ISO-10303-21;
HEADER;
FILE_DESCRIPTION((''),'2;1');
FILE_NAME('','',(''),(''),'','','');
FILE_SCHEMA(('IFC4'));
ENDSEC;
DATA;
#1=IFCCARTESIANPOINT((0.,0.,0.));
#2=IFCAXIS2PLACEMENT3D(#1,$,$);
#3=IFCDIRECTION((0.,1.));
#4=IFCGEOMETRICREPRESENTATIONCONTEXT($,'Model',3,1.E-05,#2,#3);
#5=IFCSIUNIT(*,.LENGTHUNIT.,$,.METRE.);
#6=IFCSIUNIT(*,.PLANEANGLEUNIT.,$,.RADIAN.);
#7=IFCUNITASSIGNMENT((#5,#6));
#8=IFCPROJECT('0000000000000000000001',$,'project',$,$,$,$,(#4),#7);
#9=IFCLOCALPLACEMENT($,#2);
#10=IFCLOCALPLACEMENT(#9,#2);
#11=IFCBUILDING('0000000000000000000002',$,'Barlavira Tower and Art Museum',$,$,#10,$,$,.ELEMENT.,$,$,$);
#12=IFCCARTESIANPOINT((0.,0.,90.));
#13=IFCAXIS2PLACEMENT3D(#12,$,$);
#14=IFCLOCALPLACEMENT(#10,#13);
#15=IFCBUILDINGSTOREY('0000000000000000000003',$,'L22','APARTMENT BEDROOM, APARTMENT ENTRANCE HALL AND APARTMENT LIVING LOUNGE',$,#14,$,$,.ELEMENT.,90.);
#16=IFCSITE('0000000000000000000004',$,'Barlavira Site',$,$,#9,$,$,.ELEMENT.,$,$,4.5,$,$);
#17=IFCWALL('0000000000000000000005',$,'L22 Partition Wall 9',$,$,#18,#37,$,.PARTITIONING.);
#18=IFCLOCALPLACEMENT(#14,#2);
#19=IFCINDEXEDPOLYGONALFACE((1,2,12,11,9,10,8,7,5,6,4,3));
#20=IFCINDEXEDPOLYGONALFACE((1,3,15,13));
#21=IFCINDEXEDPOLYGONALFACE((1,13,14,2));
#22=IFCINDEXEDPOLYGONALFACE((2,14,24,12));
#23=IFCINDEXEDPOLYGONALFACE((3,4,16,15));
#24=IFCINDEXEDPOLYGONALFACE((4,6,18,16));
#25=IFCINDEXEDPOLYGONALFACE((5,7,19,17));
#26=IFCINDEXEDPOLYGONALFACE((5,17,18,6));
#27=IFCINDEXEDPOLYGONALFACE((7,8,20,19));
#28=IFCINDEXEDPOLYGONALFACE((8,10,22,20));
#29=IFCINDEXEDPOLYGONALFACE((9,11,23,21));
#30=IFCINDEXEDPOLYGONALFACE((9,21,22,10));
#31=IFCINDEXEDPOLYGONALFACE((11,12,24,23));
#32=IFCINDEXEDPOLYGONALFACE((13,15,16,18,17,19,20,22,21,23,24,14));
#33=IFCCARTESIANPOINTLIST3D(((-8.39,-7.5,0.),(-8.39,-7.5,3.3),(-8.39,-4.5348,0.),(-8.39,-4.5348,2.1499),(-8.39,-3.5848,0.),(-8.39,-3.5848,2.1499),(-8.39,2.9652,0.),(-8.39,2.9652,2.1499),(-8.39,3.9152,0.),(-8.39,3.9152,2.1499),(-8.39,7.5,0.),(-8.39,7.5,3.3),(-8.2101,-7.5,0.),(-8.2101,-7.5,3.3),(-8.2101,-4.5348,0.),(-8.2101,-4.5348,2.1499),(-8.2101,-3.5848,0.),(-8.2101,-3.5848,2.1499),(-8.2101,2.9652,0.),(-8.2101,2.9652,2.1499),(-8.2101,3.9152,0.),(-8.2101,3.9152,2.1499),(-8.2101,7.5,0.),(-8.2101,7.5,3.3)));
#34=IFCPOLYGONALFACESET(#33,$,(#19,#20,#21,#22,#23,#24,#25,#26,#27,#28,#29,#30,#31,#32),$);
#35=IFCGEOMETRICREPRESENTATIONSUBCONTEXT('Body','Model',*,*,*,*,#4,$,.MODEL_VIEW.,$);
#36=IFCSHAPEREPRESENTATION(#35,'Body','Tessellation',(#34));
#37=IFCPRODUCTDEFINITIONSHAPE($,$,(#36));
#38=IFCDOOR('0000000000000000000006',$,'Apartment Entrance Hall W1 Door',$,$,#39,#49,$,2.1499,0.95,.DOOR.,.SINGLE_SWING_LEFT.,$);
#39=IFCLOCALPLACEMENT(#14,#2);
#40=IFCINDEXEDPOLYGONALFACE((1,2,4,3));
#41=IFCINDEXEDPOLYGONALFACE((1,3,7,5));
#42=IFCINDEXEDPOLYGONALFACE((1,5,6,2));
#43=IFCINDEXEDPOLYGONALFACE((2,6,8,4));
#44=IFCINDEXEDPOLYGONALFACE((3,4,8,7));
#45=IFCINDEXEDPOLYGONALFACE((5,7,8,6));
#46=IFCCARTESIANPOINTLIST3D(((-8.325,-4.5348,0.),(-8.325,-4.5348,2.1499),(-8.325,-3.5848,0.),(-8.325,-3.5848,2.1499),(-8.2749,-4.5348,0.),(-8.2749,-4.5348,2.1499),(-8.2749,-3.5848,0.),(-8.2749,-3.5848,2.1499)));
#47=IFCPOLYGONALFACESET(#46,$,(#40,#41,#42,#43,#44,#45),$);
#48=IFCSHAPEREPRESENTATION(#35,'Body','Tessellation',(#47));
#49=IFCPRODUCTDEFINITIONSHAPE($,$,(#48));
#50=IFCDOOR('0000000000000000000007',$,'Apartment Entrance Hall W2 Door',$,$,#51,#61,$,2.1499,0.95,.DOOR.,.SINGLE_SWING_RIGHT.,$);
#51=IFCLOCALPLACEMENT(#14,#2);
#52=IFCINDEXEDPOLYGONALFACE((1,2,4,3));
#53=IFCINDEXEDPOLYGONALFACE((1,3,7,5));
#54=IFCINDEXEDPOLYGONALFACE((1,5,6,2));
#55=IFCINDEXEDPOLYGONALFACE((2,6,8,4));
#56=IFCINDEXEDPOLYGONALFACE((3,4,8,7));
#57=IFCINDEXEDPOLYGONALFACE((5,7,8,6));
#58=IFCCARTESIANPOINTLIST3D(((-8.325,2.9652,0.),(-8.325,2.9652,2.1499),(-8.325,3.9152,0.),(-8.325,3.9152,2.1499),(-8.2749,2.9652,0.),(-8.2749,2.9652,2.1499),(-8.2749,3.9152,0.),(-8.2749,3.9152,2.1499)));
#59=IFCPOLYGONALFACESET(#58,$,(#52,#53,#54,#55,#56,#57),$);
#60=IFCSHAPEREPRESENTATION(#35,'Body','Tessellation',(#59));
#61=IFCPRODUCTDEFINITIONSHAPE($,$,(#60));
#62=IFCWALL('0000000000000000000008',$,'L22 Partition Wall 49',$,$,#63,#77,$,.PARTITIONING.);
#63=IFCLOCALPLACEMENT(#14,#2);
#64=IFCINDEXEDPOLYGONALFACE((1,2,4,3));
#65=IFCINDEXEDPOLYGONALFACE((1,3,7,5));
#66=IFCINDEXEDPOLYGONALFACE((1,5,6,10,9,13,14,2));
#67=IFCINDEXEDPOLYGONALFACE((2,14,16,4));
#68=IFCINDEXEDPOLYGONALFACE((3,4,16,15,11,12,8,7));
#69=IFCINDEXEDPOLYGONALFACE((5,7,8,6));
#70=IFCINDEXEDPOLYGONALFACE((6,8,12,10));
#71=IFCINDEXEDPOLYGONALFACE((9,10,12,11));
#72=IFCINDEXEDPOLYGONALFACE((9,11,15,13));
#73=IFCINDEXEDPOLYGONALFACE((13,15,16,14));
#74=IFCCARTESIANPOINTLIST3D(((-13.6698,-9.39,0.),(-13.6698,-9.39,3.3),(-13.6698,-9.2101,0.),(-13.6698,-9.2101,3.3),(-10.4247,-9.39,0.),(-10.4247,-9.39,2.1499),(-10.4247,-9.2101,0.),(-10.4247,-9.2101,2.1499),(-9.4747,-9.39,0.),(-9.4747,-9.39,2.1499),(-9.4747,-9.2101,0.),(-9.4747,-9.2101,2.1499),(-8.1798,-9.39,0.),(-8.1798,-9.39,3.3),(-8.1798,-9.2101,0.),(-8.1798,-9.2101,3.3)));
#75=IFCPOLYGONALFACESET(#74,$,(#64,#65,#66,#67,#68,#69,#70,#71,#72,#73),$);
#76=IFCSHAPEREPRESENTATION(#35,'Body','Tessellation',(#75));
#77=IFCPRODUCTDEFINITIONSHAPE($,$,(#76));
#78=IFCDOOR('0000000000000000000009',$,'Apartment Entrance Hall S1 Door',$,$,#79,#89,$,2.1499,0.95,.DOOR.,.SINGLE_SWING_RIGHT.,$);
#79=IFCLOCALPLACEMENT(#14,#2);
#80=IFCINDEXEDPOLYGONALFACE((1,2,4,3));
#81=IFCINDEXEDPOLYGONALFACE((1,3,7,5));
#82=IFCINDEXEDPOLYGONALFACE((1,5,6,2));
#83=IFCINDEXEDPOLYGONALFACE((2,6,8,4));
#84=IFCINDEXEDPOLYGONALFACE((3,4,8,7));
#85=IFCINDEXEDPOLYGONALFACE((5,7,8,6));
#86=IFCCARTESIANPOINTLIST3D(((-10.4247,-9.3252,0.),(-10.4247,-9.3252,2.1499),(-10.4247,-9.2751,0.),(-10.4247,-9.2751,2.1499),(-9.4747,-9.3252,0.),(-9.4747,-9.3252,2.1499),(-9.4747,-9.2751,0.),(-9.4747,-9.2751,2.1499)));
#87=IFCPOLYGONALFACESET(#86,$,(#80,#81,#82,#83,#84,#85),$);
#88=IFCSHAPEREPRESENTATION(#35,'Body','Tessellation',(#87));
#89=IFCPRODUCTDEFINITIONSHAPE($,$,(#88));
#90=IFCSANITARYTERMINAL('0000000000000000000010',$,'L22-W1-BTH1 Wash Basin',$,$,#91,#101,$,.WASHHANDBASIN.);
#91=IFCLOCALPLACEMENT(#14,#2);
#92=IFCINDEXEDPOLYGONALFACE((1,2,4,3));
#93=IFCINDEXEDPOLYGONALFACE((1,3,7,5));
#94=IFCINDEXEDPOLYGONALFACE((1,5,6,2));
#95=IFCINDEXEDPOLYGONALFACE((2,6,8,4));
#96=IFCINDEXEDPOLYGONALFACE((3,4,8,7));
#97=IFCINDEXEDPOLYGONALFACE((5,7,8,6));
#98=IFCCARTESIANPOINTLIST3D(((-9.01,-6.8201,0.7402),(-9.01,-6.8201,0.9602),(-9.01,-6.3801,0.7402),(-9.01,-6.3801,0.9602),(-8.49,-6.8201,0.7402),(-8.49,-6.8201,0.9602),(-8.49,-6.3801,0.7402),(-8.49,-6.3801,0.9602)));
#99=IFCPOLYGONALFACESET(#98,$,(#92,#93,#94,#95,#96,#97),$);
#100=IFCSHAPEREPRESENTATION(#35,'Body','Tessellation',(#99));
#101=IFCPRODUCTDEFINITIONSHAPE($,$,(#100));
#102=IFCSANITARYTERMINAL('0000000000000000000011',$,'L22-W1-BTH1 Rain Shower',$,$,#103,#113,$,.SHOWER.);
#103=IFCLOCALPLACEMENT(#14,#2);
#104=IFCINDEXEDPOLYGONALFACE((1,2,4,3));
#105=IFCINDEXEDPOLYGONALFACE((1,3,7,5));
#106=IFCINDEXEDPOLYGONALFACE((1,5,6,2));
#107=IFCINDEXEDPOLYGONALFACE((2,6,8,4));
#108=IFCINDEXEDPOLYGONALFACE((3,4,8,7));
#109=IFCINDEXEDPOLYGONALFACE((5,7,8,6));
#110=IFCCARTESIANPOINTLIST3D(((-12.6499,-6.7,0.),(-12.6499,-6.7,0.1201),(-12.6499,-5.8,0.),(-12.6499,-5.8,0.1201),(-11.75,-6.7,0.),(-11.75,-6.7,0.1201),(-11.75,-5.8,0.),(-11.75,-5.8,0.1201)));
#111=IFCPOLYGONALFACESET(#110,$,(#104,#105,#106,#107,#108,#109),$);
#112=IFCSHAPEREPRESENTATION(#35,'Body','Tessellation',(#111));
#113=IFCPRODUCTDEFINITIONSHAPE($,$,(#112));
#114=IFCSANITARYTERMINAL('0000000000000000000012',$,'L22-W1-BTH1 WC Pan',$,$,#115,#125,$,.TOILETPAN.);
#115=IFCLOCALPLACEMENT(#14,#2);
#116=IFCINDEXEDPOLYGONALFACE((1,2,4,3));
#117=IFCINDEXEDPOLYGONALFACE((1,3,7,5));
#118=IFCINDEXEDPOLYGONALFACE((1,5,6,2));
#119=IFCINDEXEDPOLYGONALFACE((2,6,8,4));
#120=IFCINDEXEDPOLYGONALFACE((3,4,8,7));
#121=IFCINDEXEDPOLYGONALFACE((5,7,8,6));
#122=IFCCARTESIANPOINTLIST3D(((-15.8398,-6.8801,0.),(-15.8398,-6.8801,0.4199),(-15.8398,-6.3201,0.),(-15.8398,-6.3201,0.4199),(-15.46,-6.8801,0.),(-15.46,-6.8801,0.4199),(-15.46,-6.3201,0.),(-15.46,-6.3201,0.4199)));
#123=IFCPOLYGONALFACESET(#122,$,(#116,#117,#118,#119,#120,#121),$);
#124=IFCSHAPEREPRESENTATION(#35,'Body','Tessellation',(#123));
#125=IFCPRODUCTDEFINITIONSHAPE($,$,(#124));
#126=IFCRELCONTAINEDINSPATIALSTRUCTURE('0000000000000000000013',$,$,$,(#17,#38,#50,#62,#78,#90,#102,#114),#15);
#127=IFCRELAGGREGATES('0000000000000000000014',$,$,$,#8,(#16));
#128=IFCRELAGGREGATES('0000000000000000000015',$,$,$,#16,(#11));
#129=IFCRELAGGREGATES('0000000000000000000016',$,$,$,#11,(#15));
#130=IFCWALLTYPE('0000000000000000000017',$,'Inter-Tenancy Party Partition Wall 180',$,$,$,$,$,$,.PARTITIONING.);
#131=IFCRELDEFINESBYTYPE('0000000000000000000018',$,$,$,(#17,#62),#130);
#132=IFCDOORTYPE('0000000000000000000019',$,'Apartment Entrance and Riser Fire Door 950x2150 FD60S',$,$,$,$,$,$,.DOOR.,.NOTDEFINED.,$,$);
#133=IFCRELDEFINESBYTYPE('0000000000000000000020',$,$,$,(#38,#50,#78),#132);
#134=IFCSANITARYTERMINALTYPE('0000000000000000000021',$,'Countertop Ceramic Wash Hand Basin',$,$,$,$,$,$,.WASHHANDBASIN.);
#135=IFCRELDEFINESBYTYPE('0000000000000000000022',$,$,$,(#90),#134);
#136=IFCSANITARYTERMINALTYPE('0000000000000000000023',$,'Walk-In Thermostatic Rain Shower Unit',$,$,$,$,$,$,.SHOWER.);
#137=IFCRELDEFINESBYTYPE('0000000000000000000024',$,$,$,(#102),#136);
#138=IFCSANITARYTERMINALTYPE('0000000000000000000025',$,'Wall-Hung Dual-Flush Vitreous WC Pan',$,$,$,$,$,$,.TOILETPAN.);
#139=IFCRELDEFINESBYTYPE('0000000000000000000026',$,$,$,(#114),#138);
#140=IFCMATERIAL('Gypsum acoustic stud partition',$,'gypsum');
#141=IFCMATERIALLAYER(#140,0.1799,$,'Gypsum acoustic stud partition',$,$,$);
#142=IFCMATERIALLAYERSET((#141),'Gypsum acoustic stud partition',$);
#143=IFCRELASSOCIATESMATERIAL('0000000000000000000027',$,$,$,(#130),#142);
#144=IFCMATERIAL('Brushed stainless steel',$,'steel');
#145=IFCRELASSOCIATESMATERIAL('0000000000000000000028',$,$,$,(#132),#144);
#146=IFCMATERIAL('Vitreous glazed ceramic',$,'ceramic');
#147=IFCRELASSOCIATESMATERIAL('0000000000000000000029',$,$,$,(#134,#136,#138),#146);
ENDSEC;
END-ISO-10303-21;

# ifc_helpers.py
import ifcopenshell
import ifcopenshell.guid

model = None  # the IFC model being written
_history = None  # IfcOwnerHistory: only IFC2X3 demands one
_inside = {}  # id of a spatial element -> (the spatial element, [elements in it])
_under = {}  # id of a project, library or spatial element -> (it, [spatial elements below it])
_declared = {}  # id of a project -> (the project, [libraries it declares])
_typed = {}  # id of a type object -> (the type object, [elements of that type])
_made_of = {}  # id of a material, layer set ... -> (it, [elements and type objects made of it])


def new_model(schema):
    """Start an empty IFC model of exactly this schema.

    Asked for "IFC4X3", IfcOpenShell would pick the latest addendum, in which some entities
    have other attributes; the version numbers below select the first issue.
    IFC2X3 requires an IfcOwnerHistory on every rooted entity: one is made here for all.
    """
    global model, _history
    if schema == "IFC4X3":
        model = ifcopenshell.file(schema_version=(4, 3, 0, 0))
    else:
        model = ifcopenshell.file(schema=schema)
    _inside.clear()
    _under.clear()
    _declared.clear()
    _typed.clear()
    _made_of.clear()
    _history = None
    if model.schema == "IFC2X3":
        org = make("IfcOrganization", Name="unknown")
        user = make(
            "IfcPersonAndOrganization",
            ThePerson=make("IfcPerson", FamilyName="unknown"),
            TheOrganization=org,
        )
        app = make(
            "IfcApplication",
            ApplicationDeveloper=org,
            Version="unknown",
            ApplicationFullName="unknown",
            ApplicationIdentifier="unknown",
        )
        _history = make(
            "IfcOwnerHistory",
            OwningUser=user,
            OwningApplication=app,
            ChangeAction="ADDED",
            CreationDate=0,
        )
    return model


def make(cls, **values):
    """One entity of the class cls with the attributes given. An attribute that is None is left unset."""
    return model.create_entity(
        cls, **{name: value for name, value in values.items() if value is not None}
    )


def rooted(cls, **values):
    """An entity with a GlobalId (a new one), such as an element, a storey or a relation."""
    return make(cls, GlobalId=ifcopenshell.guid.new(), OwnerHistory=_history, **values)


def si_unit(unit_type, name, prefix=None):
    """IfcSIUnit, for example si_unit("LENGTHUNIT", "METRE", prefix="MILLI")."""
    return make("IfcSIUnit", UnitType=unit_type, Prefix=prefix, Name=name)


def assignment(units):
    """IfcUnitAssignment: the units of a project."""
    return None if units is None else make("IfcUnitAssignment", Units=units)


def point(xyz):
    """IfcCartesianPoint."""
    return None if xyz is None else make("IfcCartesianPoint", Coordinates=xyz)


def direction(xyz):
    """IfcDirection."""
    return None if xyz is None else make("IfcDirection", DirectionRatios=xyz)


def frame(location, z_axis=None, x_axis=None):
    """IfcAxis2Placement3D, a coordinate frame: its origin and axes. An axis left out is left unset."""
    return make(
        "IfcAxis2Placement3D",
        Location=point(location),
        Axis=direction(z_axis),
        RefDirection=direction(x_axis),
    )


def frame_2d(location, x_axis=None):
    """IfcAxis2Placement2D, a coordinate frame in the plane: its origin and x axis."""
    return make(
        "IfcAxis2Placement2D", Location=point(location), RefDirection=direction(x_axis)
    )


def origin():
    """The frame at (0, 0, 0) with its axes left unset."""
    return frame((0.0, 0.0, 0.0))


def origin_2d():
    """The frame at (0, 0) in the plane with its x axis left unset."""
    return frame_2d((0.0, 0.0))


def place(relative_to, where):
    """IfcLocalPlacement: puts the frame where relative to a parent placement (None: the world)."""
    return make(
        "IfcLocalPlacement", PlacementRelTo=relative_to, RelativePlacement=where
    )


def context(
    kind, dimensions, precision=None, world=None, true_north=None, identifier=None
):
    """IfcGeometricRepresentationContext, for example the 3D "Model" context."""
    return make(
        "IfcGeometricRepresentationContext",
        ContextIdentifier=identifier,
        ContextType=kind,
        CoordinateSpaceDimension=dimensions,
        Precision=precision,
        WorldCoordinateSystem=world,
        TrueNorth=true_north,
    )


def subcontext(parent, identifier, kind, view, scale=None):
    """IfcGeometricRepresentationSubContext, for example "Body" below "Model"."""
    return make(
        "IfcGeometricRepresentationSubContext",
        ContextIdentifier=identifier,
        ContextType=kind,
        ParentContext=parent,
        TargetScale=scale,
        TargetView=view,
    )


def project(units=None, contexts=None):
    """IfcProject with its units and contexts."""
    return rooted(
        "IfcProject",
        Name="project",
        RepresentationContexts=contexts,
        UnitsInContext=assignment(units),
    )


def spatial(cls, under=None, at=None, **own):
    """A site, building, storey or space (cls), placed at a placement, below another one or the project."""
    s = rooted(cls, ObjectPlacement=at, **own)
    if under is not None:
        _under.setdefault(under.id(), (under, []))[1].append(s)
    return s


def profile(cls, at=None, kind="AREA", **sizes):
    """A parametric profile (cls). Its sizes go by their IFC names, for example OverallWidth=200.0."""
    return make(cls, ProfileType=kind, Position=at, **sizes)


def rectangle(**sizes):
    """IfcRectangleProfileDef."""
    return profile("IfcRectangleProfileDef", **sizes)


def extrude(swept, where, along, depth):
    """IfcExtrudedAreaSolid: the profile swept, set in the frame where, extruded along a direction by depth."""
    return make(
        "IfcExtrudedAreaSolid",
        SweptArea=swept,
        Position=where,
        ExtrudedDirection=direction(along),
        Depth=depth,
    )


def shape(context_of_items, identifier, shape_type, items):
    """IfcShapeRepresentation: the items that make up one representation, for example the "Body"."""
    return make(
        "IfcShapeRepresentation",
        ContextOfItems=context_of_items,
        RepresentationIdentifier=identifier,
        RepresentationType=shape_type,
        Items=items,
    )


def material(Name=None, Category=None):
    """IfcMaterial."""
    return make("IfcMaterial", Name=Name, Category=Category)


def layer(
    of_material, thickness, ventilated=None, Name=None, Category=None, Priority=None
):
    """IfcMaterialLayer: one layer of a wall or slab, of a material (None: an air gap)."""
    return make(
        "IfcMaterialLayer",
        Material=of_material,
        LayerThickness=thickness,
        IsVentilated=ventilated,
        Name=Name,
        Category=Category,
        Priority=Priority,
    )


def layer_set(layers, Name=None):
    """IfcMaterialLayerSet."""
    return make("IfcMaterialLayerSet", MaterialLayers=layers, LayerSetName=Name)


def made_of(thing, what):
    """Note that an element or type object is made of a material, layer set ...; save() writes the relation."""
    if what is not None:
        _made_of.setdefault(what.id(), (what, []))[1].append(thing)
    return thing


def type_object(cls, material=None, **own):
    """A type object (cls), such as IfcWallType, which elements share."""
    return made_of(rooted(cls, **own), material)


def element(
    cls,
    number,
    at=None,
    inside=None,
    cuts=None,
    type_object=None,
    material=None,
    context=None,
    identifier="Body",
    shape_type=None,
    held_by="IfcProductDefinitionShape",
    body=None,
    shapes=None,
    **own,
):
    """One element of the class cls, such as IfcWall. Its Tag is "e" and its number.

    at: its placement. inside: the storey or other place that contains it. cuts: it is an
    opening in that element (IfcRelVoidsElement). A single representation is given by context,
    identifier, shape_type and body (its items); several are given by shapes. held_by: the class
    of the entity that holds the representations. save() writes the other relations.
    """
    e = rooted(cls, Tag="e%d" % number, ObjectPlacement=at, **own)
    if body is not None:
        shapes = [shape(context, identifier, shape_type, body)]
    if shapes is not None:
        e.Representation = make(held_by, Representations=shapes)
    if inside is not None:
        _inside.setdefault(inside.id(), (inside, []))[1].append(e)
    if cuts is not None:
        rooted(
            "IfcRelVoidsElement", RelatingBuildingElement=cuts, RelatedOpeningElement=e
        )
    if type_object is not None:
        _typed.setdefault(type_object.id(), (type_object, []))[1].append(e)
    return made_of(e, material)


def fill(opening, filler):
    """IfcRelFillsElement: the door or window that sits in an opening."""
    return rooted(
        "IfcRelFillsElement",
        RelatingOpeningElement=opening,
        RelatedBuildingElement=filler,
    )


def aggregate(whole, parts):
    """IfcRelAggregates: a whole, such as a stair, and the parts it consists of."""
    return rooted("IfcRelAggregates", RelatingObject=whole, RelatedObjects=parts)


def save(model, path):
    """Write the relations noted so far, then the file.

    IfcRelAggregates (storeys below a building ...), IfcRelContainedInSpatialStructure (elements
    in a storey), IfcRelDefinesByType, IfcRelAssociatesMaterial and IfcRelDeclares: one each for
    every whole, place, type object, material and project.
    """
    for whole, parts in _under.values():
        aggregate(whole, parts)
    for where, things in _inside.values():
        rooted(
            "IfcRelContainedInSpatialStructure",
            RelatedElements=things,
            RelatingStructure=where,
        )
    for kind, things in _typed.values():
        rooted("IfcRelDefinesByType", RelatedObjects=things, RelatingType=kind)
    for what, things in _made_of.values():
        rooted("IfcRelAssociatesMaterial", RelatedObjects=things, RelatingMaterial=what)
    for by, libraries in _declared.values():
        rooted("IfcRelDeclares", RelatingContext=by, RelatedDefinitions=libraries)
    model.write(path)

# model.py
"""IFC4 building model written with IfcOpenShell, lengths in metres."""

from ifc_helpers import new_model, si_unit, direction, frame, frame_2d, origin, origin_2d, place, context, subcontext, project, spatial, rectangle, extrude, material, layer, layer_set, type_object, element, fill, save


model = new_model("IFC4")

# Units and contexts
model_context = context("Model", 3, precision=1e-05, world=origin(), true_north=direction((0.0, 1.0)))
body_context = subcontext(model_context, "Body", "Model", "MODEL_VIEW")
ifc_project = project(units=[si_unit("LENGTHUNIT", "METRE"), si_unit("PLANEANGLEUNIT", "RADIAN")], contexts=[model_context])

# Site, building, storey
site_placement = place(None, origin())
site = spatial("IfcSite", under=ifc_project, at=site_placement, Name="Barlavira Site", CompositionType="ELEMENT", RefElevation=4.5)
building_placement = place(site_placement, origin())
building = spatial("IfcBuilding", under=site, at=building_placement, Name="Barlavira Tower and Art Museum", CompositionType="ELEMENT")
storey_placement = place(building_placement, frame((0.0, 0.0, 90.0)))
storey = spatial("IfcBuildingStorey", under=building, at=storey_placement, Name="L22", Description="APARTMENT BEDROOM, APARTMENT ENTRANCE HALL AND APARTMENT LIVING LOUNGE", CompositionType="ELEMENT", Elevation=90.0)

# Shared definitions
ifc_material_1 = material(Name="Gypsum acoustic stud partition", Category="gypsum")

# Wall, openings, doors
ifc_layer_1 = layer(ifc_material_1, 0.1799, Name="Gypsum acoustic stud partition")
ifc_layer_set_1 = layer_set([ifc_layer_1], Name="Gypsum acoustic stud partition")
wall_type_1 = type_object("IfcWallType", Name="Inter-Tenancy Party Partition Wall 180", PredefinedType="PARTITIONING", material=ifc_layer_set_1)
wall_1_placement = place(storey_placement, frame((-8.3, -7.5, 0.0), z_axis=(0.0, 0.0, 1.0), x_axis=(0.0, 1.0, 0.0)))
wall_1 = element("IfcWall", 1, at=wall_1_placement, inside=storey, type_object=wall_type_1, Name="L22 Partition Wall 9", PredefinedType="PARTITIONING", context=body_context, shape_type="SweptSolid", body=[
    extrude(rectangle(XDim=15.0, YDim=0.1799, at=frame_2d((7.5, 0.0))), origin(), (0.0, 0.0, 1.0), 3.3),
])
opening_1_placement = place(wall_1_placement, frame((2.9651, 0.0, 0.0)))
opening_1 = element("IfcOpeningElement", 2, at=opening_1_placement, cuts=wall_1, PredefinedType="OPENING", context=body_context, shape_type="SweptSolid", body=[
    extrude(rectangle(XDim=0.95, YDim=2.1499, at=frame_2d((0.4751, 1.075))), frame((0.0, 0.1001, 0.0), z_axis=(0.0, -1.0, 0.0), x_axis=(1.0, 0.0, 0.0)), (0.0, 0.0, 1.0), 0.2),
])
opening_2_placement = place(wall_1_placement, frame((10.4651, 0.0, 0.0)))
opening_2 = element("IfcOpeningElement", 3, at=opening_2_placement, cuts=wall_1, PredefinedType="OPENING", context=body_context, shape_type="SweptSolid", body=[
    extrude(rectangle(XDim=0.95, YDim=2.1499, at=frame_2d((0.4751, 1.075))), frame((0.0, 0.1001, 0.0), z_axis=(0.0, -1.0, 0.0), x_axis=(1.0, 0.0, 0.0)), (0.0, 0.0, 1.0), 0.2),
])
ifc_material_2 = material(Name="Brushed stainless steel", Category="steel")
door_type_1 = type_object("IfcDoorType", Name="Apartment Entrance and Riser Fire Door 950x2150 FD60S", OperationType="NOTDEFINED", PredefinedType="DOOR", material=ifc_material_2)
door_1_placement = place(opening_1_placement, origin())
door_1 = element("IfcDoor", 4, at=door_1_placement, inside=storey, type_object=door_type_1, Name="Apartment Entrance Hall W1 Door", OperationType="SINGLE_SWING_LEFT", OverallHeight=2.1499, OverallWidth=0.95, PredefinedType="DOOR", context=body_context, shape_type="SweptSolid", body=[
    extrude(rectangle(XDim=0.95, YDim=2.1499, at=frame_2d((0.4751, 1.075))), frame((0.0, 0.0249, 0.0), z_axis=(0.0, -1.0, 0.0), x_axis=(1.0, 0.0, 0.0)), (0.0, 0.0, 1.0), 0.05),
])
fill(opening_1, door_1)
door_2_placement = place(opening_2_placement, origin())
door_2 = element("IfcDoor", 5, at=door_2_placement, inside=storey, type_object=door_type_1, Name="Apartment Entrance Hall W2 Door", OperationType="SINGLE_SWING_RIGHT", OverallHeight=2.1499, OverallWidth=0.95, PredefinedType="DOOR", context=body_context, shape_type="SweptSolid", body=[
    extrude(rectangle(XDim=0.95, YDim=2.1499, at=frame_2d((0.4751, 1.075))), frame((0.0, 0.0249, 0.0), z_axis=(0.0, -1.0, 0.0), x_axis=(1.0, 0.0, 0.0)), (0.0, 0.0, 1.0), 0.05),
])
fill(opening_2, door_2)

# Wall, opening, door
wall_2_placement = place(storey_placement, frame((-13.6699, -9.3, 0.0), z_axis=(0.0, 0.0, 1.0), x_axis=(1.0, 0.0, 0.0)))
wall_2 = element("IfcWall", 6, at=wall_2_placement, inside=storey, type_object=wall_type_1, Name="L22 Partition Wall 49", PredefinedType="PARTITIONING", context=body_context, shape_type="SweptSolid", body=[
    extrude(rectangle(XDim=5.49, YDim=0.1799, at=frame_2d((2.7451, 0.0))), origin(), (0.0, 0.0, 1.0), 3.3),
])
opening_3_placement = place(wall_2_placement, frame((3.2451, 0.0, 0.0)))
opening_3 = element("IfcOpeningElement", 7, at=opening_3_placement, cuts=wall_2, PredefinedType="OPENING", context=body_context, shape_type="SweptSolid", body=[
    extrude(rectangle(XDim=0.95, YDim=2.1499, at=frame_2d((0.4751, 1.075))), frame((0.0, 0.1001, 0.0), z_axis=(0.0, -1.0, 0.0), x_axis=(1.0, 0.0, 0.0)), (0.0, 0.0, 1.0), 0.2),
])
door_3_placement = place(opening_3_placement, origin())
door_3 = element("IfcDoor", 8, at=door_3_placement, inside=storey, type_object=door_type_1, Name="Apartment Entrance Hall S1 Door", OperationType="SINGLE_SWING_RIGHT", OverallHeight=2.1499, OverallWidth=0.95, PredefinedType="DOOR", context=body_context, shape_type="SweptSolid", body=[
    extrude(rectangle(XDim=0.95, YDim=2.1499, at=frame_2d((0.4751, 1.075))), frame((0.0, 0.0249, 0.0), z_axis=(0.0, -1.0, 0.0), x_axis=(1.0, 0.0, 0.0)), (0.0, 0.0, 1.0), 0.05),
])
fill(opening_3, door_3)

# Sanitary terminals
ifc_material_3 = material(Name="Vitreous glazed ceramic", Category="ceramic")
sanitary_terminal_type_1 = type_object("IfcSanitaryTerminalType", Name="Countertop Ceramic Wash Hand Basin", PredefinedType="WASHHANDBASIN", material=ifc_material_3)
sanitary_terminal_1_placement = place(storey_placement, frame((-8.75, -6.6001, 0.7402), z_axis=(0.0, 0.0, 1.0), x_axis=(1.0, 0.0, 0.0)))
element("IfcSanitaryTerminal", 9, at=sanitary_terminal_1_placement, inside=storey, type_object=sanitary_terminal_type_1, Name="L22-W1-BTH1 Wash Basin", PredefinedType="WASHHANDBASIN", context=body_context, shape_type="SweptSolid", body=[
    extrude(rectangle(XDim=0.52, YDim=0.4399, at=origin_2d()), origin(), (0.0, 0.0, 1.0), 0.22),
])
sanitary_terminal_type_2 = type_object("IfcSanitaryTerminalType", Name="Walk-In Thermostatic Rain Shower Unit", PredefinedType="SHOWER", material=ifc_material_3)
sanitary_terminal_2_placement = place(storey_placement, frame((-12.2, -6.25, 0.0), z_axis=(0.0, 0.0, 1.0), x_axis=(1.0, 0.0, 0.0)))
element("IfcSanitaryTerminal", 10, at=sanitary_terminal_2_placement, inside=storey, type_object=sanitary_terminal_type_2, Name="L22-W1-BTH1 Rain Shower", PredefinedType="SHOWER", context=body_context, shape_type="SweptSolid", body=[
    extrude(rectangle(XDim=0.8999, YDim=0.8999, at=origin_2d()), origin(), (0.0, 0.0, 1.0), 0.1201),
])
sanitary_terminal_type_3 = type_object("IfcSanitaryTerminalType", Name="Wall-Hung Dual-Flush Vitreous WC Pan", PredefinedType="TOILETPAN", material=ifc_material_3)
sanitary_terminal_3_placement = place(storey_placement, frame((-15.6499, -6.6001, 0.0), z_axis=(0.0, 0.0, 1.0), x_axis=(1.0, 0.0, 0.0)))
element("IfcSanitaryTerminal", 11, at=sanitary_terminal_3_placement, inside=storey, type_object=sanitary_terminal_type_3, Name="L22-W1-BTH1 WC Pan", PredefinedType="TOILETPAN", context=body_context, shape_type="SweptSolid", body=[
    extrude(rectangle(XDim=0.3799, YDim=0.5601, at=origin_2d()), origin(), (0.0, 0.0, 1.0), 0.4199),
])

save(model, "model.ifc")
